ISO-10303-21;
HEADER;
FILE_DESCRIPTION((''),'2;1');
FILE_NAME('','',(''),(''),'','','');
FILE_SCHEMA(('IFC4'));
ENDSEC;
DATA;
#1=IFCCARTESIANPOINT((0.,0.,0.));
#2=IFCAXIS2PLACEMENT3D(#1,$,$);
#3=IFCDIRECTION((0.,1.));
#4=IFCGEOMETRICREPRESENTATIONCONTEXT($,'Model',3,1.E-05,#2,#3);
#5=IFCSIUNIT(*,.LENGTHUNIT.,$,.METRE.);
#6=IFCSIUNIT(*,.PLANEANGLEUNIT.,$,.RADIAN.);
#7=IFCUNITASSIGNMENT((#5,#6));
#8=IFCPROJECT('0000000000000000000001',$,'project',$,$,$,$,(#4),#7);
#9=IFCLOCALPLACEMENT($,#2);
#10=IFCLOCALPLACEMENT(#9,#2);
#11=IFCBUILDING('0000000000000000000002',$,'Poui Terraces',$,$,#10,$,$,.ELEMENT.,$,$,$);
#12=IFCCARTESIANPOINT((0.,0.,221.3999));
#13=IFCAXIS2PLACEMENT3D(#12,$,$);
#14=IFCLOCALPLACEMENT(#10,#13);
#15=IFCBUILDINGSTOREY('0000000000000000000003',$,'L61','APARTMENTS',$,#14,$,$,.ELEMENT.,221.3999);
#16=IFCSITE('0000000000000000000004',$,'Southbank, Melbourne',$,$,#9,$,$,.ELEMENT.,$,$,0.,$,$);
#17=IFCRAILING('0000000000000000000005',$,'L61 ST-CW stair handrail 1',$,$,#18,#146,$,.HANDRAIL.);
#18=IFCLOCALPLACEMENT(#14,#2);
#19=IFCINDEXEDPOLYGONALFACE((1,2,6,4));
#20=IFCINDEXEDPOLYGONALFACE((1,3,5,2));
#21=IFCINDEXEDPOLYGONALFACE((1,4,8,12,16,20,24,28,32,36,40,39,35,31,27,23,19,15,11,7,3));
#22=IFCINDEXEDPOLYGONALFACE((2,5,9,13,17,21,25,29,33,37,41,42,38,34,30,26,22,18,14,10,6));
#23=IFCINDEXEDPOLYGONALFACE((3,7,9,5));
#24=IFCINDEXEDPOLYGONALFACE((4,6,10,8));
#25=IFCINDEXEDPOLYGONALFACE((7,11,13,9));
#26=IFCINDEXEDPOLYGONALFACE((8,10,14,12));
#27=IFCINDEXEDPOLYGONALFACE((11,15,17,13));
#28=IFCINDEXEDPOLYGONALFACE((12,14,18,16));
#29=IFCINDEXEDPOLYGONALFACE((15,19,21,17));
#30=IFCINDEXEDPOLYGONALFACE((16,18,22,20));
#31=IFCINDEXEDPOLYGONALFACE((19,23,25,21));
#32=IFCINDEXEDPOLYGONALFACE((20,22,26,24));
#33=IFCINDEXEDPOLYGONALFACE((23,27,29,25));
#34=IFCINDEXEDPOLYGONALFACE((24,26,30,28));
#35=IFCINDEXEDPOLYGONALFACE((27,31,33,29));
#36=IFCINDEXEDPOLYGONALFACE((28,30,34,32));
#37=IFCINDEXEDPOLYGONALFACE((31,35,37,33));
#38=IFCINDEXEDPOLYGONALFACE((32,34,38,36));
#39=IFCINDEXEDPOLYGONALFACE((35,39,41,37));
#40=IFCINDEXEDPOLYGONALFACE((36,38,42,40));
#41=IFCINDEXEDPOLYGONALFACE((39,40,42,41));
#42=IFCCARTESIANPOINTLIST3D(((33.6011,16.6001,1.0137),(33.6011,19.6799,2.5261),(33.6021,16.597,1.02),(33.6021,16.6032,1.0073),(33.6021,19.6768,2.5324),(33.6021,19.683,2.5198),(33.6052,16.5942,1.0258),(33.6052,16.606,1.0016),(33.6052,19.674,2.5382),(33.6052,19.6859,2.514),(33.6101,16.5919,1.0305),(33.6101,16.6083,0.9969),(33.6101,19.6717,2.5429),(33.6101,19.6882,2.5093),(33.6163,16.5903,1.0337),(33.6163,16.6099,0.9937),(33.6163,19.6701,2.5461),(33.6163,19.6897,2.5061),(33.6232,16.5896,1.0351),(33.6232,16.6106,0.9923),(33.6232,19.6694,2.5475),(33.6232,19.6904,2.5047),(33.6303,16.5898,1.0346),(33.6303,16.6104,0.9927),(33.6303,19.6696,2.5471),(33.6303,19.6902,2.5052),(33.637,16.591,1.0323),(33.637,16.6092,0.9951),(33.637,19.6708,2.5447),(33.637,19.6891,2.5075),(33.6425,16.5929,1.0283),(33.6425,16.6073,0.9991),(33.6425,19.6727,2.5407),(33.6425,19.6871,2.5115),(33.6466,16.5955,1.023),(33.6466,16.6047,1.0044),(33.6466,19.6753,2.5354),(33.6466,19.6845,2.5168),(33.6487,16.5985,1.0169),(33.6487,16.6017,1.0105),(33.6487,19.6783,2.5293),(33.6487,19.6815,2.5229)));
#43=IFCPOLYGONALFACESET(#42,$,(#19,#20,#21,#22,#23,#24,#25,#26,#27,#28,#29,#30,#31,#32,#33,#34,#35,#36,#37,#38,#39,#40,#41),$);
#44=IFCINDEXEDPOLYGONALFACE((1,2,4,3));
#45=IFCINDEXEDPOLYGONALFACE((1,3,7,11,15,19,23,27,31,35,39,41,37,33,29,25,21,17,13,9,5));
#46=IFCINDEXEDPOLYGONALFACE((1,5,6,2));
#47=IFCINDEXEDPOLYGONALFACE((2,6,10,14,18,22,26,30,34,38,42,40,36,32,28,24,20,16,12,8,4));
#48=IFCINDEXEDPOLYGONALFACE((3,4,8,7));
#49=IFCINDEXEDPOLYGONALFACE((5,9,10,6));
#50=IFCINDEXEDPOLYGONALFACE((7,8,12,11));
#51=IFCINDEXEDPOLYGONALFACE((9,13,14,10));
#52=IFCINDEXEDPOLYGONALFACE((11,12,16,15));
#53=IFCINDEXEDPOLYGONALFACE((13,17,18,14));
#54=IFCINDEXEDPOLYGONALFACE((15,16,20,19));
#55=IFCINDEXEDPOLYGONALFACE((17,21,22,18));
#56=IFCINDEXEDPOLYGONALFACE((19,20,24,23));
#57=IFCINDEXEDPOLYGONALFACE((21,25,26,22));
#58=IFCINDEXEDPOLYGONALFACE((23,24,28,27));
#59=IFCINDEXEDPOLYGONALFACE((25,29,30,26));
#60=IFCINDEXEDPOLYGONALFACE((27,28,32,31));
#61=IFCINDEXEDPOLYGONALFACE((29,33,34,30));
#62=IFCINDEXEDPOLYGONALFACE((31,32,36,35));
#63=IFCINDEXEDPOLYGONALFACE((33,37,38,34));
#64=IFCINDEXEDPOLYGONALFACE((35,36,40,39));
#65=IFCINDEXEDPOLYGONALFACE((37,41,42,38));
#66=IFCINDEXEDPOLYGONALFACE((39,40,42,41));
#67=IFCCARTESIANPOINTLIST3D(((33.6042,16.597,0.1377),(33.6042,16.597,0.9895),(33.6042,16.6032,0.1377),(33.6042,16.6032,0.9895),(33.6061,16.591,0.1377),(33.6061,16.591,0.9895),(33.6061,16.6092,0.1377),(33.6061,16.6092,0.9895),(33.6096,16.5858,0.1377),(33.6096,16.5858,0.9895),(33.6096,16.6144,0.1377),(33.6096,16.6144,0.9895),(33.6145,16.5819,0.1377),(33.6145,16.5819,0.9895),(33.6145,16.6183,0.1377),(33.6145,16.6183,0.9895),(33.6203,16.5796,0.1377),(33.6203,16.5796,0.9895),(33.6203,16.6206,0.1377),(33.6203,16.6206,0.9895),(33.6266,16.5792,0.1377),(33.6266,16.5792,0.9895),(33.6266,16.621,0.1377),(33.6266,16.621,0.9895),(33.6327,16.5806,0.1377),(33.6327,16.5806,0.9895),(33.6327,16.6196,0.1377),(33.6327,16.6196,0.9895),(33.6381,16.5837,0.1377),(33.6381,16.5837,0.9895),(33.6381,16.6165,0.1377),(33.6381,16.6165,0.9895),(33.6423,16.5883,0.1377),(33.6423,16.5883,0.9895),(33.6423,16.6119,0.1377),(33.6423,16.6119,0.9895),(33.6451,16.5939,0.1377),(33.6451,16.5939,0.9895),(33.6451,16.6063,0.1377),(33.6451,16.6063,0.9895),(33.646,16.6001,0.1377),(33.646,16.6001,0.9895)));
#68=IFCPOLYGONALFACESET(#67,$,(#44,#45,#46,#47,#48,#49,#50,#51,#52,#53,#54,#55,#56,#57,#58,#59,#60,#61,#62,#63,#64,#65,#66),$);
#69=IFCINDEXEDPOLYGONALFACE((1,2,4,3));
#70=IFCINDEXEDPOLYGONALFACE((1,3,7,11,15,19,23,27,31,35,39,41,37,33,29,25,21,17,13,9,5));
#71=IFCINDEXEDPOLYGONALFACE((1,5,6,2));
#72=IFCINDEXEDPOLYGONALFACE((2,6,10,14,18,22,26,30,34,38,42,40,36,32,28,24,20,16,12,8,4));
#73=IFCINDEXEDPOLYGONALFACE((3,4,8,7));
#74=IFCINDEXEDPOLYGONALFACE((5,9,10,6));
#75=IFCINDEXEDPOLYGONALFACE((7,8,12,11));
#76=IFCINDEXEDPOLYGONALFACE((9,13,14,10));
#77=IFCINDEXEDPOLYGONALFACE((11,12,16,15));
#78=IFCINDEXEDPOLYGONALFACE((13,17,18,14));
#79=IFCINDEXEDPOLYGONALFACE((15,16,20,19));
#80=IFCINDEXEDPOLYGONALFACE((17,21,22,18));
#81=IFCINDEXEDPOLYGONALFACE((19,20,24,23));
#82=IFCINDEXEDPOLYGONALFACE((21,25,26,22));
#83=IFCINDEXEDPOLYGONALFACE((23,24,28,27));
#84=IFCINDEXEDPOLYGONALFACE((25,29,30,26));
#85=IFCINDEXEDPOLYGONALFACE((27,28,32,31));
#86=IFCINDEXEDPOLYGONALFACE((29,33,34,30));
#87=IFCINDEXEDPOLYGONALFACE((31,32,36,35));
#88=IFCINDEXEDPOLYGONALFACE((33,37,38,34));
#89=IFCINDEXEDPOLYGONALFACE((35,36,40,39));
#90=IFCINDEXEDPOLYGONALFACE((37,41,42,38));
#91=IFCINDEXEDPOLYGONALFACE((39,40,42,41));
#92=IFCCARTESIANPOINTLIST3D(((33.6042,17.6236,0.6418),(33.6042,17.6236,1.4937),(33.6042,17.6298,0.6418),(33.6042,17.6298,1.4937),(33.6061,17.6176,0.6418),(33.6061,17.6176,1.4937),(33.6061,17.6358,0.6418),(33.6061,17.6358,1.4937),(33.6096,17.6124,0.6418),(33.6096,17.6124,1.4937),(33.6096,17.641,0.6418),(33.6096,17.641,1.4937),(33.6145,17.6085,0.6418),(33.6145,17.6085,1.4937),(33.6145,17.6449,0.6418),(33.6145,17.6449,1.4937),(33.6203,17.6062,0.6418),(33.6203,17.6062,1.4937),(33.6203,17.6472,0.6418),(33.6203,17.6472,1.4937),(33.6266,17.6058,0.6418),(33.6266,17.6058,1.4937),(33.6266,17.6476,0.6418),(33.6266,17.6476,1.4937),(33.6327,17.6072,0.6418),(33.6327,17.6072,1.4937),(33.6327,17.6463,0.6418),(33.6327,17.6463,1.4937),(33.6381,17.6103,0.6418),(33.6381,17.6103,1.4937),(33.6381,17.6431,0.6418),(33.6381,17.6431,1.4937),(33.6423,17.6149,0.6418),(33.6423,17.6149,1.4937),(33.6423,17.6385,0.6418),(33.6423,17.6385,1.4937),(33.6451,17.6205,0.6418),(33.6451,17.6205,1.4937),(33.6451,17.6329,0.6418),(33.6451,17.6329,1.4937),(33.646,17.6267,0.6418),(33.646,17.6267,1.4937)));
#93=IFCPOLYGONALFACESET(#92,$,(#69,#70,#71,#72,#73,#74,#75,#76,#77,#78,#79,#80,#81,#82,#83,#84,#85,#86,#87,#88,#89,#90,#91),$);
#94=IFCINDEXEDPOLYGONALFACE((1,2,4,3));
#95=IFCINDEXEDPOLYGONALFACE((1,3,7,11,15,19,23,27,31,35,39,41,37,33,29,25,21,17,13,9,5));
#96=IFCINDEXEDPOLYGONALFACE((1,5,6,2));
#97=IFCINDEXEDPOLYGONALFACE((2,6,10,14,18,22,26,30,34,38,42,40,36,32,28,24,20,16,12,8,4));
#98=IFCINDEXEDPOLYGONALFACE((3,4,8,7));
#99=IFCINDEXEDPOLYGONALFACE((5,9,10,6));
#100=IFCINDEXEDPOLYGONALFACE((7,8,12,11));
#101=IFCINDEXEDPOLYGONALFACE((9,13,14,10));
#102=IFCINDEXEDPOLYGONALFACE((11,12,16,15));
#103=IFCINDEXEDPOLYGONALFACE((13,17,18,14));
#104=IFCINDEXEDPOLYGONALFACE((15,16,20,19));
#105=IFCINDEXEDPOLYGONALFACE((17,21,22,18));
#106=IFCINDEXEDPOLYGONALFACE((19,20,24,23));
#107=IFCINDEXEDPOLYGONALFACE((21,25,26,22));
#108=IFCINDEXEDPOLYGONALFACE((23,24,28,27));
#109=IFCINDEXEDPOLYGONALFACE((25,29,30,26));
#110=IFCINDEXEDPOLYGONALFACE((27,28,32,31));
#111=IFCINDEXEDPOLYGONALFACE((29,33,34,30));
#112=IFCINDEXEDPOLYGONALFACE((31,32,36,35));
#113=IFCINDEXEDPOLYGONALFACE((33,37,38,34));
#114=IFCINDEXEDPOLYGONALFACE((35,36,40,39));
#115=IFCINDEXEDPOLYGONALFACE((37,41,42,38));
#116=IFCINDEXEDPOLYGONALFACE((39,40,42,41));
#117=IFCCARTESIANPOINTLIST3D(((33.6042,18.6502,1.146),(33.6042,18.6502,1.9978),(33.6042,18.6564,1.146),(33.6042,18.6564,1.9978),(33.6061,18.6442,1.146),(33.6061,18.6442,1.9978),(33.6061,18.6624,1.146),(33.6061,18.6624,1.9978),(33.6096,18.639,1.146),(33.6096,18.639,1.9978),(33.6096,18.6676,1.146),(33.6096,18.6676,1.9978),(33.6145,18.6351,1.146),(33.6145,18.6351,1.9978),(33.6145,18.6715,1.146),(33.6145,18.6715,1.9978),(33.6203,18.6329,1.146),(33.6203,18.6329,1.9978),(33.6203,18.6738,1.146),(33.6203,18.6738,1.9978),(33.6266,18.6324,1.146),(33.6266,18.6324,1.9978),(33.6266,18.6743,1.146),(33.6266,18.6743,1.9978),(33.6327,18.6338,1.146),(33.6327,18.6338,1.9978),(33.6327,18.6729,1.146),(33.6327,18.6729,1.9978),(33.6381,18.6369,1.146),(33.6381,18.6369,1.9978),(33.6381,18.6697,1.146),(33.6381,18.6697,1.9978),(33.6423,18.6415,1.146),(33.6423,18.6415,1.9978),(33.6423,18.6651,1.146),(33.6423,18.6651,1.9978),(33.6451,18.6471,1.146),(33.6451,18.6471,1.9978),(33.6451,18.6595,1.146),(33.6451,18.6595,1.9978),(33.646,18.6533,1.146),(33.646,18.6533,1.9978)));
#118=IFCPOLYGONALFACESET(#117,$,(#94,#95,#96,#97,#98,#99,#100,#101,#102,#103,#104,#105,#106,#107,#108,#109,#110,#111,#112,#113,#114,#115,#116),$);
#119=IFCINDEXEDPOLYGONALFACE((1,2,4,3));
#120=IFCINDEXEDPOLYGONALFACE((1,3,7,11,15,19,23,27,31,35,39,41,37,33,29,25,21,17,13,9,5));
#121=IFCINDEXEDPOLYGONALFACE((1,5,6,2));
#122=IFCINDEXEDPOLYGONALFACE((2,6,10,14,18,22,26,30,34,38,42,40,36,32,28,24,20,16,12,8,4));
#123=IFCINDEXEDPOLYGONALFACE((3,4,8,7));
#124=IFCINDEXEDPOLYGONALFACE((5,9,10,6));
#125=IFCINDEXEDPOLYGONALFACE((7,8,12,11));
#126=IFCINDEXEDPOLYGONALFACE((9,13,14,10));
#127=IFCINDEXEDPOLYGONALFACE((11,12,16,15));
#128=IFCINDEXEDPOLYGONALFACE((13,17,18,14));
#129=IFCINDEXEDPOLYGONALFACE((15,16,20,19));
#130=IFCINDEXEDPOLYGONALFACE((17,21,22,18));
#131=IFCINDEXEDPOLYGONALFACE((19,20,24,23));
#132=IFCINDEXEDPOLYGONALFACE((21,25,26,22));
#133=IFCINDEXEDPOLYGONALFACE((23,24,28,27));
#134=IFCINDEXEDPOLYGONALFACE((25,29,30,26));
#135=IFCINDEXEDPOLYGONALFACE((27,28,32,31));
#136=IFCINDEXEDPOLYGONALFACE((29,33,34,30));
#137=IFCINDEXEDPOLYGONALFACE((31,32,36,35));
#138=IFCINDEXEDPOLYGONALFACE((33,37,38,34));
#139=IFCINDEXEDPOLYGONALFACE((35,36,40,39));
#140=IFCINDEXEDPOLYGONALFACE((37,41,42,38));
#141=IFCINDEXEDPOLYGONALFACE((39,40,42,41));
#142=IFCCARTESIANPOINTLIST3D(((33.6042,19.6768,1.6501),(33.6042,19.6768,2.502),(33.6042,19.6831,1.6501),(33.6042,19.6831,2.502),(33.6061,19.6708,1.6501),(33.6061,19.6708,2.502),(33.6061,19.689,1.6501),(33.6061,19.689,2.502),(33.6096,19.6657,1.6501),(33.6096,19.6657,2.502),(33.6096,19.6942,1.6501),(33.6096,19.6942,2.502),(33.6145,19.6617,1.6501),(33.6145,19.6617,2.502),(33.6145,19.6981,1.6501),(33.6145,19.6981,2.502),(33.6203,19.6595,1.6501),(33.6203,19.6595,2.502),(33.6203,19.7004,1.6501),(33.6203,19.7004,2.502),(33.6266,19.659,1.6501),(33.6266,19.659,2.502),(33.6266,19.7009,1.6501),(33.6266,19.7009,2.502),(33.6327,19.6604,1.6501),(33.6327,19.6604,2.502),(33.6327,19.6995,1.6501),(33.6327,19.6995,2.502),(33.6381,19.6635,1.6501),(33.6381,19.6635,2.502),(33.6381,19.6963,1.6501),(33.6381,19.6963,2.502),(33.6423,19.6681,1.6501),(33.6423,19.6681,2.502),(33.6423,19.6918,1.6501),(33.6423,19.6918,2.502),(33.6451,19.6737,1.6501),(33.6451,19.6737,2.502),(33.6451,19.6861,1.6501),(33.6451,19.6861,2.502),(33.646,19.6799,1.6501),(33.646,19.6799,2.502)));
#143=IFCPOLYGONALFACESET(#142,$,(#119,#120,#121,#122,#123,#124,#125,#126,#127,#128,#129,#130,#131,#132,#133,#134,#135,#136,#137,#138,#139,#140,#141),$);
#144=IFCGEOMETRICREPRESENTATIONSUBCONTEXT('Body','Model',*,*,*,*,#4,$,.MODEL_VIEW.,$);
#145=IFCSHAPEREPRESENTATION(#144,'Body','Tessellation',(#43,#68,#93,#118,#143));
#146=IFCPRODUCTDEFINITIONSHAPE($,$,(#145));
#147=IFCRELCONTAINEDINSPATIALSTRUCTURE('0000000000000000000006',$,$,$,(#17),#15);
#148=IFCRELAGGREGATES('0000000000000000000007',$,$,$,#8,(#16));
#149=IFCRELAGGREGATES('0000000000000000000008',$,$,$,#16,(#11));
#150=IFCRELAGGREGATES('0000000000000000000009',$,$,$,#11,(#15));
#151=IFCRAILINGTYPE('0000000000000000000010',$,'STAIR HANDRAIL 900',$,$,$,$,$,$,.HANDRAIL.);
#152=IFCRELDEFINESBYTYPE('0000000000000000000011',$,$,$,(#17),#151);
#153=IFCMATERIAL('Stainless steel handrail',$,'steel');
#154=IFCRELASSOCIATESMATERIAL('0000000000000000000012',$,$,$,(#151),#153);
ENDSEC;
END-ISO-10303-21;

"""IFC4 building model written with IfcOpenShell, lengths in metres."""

from ifc_helpers import new_model, si_unit, direction, frame, origin, origin_2d, place, context, subcontext, project, spatial, circle, extrude, material, type_object, element, save


model = new_model("IFC4")

# Units and contexts
model_context = context("Model", 3, precision=1e-05, world=origin(), true_north=direction((0.0, 1.0)))
body_context = subcontext(model_context, "Body", "Model", "MODEL_VIEW")
ifc_project = project(units=[si_unit("LENGTHUNIT", "METRE"), si_unit("PLANEANGLEUNIT", "RADIAN")], contexts=[model_context])

# Site, building, storey
site_placement = place(None, origin())
site = spatial("IfcSite", under=ifc_project, at=site_placement, Name="Southbank, Melbourne", CompositionType="ELEMENT", RefElevation=0.0)
building_placement = place(site_placement, origin())
building = spatial("IfcBuilding", under=site, at=building_placement, Name="Poui Terraces", CompositionType="ELEMENT")
storey_placement = place(building_placement, frame((0.0, 0.0, 221.3999)))
storey = spatial("IfcBuildingStorey", under=building, at=storey_placement, Name="L61", Description="APARTMENTS", CompositionType="ELEMENT", Elevation=221.3999)

# Railing
ifc_material_1 = material(Name="Stainless steel handrail", Category="steel")
railing_type_1 = type_object("IfcRailingType", Name="STAIR HANDRAIL 900", PredefinedType="HANDRAIL", material=ifc_material_1)
railing_1_placement = place(storey_placement, frame((33.625, 16.6001, 0.1377)))
element("IfcRailing", 1, at=railing_1_placement, inside=storey, type_object=railing_type_1, Name="L61 ST-CW stair handrail 1", PredefinedType="HANDRAIL", context=body_context, shape_type="SweptSolid", body=[
    extrude(circle(Radius=0.0239, at=origin_2d()), frame((0.0, 0.0, 0.876), z_axis=(0.0, 0.897606, 0.440798), x_axis=(-1.0, 0.0, 0.0)), (0.0, 0.0, 1.0), 3.4312),
    extrude(circle(Radius=0.021, at=origin_2d()), origin(), (0.0, 0.0, 1.0), 0.8518),
    extrude(circle(Radius=0.021, at=origin_2d()), frame((0.0, 1.0266, 0.5042)), (0.0, 0.0, 1.0), 0.8518),
    extrude(circle(Radius=0.021, at=origin_2d()), frame((0.0, 2.0532, 1.0083)), (0.0, 0.0, 1.0), 0.8518),
    extrude(circle(Radius=0.021, at=origin_2d()), frame((0.0, 3.0798, 1.5125)), (0.0, 0.0, 1.0), 0.8518),
])

save(model, "model.ifc")
